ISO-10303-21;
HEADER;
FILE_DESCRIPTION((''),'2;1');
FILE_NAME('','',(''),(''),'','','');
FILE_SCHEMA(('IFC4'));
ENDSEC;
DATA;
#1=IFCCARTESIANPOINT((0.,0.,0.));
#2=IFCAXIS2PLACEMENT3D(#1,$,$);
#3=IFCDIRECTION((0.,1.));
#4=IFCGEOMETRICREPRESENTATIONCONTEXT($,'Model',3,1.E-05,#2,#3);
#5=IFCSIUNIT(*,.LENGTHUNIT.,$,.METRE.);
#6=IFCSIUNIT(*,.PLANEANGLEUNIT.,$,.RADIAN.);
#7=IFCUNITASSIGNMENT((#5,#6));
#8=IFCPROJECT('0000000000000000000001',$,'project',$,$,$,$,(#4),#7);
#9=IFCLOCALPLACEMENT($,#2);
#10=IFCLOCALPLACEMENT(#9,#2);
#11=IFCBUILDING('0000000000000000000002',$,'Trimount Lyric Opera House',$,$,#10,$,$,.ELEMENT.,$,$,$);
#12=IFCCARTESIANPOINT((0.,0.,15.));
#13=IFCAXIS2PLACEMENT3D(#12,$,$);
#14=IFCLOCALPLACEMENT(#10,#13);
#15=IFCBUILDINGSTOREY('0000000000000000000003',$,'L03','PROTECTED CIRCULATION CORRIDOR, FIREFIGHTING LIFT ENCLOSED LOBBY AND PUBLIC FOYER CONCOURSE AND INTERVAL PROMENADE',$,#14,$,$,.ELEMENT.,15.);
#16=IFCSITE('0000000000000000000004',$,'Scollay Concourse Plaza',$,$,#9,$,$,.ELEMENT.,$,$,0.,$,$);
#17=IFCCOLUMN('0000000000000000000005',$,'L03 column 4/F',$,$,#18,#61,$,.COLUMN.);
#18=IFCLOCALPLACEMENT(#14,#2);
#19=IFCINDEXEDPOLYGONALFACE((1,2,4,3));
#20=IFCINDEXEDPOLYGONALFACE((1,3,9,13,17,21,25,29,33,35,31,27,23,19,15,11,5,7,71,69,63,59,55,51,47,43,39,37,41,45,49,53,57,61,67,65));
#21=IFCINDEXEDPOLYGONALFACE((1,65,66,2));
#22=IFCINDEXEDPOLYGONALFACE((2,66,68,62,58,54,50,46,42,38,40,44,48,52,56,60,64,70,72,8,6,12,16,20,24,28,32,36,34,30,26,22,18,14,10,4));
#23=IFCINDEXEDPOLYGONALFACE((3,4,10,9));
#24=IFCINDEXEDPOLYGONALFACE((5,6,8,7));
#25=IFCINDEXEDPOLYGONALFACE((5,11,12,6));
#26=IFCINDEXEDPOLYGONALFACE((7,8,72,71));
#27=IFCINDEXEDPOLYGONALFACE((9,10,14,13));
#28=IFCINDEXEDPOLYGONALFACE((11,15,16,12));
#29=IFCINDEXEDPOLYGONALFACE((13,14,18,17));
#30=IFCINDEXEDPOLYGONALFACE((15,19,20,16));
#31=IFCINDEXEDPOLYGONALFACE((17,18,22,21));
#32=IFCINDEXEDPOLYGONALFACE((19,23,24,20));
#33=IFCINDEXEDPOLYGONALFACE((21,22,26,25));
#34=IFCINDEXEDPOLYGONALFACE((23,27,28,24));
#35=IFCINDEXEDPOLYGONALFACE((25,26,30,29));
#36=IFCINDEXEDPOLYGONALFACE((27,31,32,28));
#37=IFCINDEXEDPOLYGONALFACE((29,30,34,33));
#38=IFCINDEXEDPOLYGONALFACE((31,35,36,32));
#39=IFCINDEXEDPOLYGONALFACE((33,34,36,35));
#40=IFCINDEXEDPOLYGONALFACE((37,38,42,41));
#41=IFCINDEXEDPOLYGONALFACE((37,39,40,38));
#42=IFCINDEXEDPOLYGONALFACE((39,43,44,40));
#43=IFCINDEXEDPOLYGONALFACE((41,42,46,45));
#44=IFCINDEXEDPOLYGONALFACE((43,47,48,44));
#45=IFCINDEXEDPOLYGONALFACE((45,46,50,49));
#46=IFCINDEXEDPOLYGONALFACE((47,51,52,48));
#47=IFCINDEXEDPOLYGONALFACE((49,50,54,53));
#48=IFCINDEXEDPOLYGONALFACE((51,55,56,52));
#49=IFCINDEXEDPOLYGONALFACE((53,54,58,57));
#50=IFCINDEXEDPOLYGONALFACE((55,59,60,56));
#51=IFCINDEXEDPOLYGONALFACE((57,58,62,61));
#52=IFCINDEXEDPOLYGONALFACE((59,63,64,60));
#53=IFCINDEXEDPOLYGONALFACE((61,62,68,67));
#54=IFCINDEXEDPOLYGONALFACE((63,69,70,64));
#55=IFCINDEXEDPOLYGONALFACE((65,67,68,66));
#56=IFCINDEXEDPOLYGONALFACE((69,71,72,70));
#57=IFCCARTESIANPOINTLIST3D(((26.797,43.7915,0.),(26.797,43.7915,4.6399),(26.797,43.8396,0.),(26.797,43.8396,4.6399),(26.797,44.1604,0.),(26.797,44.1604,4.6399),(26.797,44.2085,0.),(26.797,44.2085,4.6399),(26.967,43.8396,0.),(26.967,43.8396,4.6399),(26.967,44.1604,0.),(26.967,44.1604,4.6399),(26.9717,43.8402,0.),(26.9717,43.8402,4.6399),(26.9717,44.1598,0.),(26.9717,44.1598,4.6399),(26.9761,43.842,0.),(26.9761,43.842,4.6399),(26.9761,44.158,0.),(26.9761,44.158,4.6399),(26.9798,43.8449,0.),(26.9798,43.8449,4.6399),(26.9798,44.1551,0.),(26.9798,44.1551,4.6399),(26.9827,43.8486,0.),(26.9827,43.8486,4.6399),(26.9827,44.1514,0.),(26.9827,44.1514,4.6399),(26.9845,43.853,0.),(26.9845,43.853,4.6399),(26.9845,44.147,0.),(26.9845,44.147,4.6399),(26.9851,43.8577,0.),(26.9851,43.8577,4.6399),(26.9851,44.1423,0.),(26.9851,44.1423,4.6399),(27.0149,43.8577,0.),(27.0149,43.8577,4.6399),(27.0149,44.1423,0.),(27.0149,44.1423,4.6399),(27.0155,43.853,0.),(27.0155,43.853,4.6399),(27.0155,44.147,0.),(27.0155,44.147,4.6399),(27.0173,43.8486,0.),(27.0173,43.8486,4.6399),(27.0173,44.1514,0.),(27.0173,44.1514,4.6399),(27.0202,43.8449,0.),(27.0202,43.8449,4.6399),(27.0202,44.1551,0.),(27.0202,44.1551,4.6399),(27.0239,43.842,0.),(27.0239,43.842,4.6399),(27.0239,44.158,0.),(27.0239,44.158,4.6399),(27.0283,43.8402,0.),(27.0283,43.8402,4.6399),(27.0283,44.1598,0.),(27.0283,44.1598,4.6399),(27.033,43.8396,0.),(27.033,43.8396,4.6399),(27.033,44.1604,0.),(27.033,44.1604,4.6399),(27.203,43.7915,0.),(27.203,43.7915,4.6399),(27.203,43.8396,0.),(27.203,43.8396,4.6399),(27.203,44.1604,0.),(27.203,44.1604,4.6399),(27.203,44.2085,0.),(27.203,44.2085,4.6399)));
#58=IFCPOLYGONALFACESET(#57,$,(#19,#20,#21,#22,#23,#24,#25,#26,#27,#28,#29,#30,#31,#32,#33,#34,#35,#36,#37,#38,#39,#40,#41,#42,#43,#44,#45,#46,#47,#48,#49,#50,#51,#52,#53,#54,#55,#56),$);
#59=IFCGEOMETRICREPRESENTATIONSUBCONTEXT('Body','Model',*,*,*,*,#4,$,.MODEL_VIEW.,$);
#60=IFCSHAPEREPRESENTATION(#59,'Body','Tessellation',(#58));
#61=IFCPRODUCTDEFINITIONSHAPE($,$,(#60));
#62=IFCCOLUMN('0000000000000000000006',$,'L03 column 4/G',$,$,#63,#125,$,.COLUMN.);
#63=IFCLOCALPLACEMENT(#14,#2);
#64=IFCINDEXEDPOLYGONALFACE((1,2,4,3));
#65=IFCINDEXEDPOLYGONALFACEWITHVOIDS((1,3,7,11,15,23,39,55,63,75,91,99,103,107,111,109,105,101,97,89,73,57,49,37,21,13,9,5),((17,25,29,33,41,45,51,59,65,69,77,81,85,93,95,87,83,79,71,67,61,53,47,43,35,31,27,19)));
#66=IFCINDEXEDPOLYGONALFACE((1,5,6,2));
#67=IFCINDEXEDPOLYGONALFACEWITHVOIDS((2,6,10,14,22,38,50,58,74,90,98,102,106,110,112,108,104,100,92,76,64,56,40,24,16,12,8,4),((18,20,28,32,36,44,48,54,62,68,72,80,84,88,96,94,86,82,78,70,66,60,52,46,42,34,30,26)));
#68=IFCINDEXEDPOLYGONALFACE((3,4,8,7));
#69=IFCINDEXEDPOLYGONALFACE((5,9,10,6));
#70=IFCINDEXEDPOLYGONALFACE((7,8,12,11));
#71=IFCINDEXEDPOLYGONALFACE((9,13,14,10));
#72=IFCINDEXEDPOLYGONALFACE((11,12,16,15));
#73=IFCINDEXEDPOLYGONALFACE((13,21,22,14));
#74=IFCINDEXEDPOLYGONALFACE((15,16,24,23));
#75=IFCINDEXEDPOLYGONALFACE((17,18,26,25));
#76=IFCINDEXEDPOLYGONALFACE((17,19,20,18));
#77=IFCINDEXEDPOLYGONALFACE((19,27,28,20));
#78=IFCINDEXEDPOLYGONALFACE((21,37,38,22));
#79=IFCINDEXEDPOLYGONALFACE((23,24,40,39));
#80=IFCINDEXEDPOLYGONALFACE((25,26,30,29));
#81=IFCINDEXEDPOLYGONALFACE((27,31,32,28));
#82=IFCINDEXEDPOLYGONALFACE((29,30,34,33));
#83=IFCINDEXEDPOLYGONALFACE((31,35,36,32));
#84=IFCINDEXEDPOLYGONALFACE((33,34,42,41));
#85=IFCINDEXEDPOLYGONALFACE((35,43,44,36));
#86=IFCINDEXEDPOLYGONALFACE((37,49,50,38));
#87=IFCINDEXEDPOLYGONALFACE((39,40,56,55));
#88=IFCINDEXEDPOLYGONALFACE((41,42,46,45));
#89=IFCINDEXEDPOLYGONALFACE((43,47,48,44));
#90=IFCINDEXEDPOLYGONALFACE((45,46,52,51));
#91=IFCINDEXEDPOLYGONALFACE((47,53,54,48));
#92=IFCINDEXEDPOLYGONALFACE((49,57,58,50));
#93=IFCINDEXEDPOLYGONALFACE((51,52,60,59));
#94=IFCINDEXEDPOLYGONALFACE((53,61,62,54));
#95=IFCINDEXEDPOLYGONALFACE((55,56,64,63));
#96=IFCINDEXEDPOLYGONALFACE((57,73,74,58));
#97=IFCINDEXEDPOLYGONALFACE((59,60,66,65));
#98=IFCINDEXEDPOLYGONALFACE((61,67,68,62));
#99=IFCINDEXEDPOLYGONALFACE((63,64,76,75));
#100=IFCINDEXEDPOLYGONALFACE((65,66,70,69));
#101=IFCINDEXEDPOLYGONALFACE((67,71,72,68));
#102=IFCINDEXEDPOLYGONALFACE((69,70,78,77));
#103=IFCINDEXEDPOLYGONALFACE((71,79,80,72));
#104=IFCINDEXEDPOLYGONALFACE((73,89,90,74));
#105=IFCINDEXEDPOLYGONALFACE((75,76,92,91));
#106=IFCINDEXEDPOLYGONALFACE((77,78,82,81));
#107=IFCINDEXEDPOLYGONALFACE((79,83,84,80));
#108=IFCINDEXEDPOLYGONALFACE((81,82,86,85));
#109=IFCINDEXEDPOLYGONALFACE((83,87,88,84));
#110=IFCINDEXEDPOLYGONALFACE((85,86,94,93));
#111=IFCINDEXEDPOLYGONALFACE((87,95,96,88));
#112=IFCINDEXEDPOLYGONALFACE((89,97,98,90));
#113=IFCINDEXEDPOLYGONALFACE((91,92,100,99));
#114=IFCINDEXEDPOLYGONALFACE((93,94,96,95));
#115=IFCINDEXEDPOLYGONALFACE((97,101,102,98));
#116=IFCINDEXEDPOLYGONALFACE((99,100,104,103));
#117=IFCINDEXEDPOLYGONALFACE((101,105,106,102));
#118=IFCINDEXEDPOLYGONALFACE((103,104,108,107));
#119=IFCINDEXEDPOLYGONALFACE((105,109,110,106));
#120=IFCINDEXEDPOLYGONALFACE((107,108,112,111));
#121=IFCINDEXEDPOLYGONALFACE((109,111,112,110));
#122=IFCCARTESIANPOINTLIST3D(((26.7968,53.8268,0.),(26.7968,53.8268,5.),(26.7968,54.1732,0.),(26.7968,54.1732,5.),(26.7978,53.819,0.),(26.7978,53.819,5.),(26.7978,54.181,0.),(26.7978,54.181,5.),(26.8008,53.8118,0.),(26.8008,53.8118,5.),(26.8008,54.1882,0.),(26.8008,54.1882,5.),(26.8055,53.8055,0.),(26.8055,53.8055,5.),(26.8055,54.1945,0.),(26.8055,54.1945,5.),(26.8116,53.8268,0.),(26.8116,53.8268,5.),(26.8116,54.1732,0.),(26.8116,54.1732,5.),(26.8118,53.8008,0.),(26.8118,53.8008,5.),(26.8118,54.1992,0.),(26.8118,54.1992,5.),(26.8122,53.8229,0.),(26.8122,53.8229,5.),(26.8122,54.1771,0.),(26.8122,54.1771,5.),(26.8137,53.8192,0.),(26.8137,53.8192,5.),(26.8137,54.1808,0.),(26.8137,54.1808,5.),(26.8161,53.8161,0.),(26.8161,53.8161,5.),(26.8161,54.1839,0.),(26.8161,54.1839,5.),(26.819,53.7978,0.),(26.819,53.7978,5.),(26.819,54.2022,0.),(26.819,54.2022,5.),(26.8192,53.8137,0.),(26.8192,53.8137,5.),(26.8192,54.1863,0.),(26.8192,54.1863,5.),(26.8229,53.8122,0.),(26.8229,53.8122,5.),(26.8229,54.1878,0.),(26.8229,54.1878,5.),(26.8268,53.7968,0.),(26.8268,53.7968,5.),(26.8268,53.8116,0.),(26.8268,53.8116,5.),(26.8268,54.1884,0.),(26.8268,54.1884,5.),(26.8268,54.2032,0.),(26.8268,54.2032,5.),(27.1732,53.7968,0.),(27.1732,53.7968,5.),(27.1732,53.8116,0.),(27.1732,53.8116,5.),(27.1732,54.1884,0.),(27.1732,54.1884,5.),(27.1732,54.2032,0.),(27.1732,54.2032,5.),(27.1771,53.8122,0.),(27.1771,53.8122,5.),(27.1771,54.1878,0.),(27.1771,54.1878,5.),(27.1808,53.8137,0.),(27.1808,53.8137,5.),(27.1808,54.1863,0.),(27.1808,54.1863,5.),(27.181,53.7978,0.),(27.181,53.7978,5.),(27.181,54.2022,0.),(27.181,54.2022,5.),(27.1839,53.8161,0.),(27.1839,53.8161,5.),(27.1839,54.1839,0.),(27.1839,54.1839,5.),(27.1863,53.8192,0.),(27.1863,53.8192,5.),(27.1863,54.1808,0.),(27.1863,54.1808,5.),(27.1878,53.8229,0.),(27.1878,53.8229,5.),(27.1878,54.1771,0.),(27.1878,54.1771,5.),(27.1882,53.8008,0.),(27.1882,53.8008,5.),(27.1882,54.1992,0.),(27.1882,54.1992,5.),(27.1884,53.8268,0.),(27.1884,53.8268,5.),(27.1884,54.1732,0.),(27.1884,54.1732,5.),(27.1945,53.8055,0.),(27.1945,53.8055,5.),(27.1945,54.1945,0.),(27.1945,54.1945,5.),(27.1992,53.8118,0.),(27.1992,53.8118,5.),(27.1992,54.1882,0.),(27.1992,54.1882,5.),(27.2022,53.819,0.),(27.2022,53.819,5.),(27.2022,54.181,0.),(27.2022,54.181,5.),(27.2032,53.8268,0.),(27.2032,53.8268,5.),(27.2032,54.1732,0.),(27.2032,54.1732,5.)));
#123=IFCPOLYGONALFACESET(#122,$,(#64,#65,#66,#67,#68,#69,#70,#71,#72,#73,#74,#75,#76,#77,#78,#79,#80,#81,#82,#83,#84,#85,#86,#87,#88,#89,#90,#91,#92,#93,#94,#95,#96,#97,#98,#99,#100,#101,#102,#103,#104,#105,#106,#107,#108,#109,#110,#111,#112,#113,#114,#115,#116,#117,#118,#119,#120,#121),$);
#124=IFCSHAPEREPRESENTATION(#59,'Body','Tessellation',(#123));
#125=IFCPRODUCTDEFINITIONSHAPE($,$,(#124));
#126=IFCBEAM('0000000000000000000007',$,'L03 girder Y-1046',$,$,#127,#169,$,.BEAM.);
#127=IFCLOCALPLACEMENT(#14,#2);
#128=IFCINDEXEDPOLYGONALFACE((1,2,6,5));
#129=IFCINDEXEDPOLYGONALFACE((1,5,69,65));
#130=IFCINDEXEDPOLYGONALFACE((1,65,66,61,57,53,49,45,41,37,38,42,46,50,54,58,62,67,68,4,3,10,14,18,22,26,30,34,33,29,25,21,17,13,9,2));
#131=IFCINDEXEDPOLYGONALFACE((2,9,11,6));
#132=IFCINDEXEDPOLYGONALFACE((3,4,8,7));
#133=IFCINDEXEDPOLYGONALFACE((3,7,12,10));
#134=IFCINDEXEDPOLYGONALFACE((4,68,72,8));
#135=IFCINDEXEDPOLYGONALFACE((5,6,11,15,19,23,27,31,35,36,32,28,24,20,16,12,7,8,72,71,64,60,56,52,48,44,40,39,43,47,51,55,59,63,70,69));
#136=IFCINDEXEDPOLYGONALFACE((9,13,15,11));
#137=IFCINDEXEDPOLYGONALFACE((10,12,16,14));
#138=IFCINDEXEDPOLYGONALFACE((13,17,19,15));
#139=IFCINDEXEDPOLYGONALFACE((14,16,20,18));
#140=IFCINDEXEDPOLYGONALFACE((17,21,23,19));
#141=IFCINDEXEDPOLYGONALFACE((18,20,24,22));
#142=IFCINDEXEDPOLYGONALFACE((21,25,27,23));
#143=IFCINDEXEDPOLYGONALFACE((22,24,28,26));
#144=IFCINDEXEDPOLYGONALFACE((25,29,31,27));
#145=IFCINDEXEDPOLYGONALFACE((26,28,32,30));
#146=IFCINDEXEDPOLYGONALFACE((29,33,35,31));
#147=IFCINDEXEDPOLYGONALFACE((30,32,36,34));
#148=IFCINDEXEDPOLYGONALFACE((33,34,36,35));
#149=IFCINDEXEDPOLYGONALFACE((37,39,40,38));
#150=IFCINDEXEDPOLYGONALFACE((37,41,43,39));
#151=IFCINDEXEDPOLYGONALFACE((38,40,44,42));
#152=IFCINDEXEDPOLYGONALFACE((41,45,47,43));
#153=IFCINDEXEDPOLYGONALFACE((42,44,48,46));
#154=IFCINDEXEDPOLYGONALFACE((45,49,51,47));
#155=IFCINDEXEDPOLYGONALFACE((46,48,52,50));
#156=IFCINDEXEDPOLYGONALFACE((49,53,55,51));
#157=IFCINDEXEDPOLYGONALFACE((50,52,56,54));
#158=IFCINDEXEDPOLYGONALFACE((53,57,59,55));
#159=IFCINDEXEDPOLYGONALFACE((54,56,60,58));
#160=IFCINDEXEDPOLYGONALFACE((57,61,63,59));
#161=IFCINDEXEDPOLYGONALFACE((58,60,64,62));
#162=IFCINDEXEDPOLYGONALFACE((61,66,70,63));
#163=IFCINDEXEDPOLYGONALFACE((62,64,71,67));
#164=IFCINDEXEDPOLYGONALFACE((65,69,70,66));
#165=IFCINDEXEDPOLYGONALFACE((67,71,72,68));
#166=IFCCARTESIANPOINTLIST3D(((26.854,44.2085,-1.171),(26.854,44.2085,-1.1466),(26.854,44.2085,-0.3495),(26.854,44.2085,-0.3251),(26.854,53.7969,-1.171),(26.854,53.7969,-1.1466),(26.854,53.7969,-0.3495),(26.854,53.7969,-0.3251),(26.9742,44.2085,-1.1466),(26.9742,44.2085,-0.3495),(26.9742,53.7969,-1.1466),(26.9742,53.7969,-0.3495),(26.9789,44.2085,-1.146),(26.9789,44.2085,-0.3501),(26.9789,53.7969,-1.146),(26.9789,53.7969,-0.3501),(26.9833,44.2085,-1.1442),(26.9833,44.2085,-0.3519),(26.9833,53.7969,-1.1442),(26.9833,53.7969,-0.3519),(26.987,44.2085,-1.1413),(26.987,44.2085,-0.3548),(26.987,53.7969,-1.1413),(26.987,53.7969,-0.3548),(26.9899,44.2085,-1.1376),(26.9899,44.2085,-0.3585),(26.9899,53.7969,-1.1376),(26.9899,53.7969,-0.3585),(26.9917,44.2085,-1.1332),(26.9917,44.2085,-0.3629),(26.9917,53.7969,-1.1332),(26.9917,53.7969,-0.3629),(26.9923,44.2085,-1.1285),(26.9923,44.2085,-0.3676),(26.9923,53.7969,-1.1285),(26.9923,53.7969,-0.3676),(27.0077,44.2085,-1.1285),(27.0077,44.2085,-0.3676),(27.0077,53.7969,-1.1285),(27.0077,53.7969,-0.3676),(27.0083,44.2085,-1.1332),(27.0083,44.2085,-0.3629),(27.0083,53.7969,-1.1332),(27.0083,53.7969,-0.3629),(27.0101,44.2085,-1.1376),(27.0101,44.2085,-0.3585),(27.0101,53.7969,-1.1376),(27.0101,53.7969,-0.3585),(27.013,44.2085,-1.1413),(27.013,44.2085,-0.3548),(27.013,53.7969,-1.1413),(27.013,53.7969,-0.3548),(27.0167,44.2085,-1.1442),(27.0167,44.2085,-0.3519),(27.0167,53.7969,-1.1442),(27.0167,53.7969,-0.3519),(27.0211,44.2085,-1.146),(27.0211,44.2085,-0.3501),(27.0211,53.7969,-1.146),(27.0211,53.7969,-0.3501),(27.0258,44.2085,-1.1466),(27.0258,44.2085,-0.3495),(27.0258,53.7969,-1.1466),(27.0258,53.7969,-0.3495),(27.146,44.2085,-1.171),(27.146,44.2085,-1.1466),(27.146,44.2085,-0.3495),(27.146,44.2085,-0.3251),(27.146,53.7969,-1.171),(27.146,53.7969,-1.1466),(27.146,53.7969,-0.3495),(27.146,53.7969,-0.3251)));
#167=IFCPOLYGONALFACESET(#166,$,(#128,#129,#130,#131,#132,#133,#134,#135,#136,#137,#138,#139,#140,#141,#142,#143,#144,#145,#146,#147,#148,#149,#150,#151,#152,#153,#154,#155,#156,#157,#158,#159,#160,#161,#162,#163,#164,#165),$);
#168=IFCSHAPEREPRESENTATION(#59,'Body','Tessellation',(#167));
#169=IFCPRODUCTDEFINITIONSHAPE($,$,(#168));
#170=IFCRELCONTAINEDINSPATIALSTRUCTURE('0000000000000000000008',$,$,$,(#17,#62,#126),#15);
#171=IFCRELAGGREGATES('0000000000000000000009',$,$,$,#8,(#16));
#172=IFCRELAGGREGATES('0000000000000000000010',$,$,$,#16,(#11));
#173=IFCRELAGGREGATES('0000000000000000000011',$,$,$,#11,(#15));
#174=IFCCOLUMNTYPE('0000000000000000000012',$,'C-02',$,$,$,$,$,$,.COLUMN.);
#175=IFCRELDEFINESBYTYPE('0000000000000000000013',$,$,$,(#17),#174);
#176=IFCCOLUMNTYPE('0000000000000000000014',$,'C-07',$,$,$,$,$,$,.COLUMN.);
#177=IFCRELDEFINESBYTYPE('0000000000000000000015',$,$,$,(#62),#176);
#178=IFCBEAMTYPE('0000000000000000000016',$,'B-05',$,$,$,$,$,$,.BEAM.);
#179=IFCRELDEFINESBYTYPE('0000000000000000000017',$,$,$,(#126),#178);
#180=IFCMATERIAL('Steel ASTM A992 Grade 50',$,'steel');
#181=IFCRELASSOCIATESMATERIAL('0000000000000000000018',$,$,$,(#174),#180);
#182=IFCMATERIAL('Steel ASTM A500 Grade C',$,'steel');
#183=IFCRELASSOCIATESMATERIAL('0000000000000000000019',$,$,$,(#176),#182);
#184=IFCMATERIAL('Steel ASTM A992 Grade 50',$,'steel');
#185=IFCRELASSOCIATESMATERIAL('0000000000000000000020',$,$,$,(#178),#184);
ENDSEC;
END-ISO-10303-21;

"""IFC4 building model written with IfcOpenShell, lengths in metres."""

from ifc_helpers import new_model, si_unit, direction, frame, origin, origin_2d, place, context, subcontext, project, spatial, hollow_rectangle, i_section, extrude, material, material_profile, profile_set, type_object, element, save


model = new_model("IFC4")

# Units and contexts
model_context = context("Model", 3, precision=1e-05, world=origin(), true_north=direction((0.0, 1.0)))
body_context = subcontext(model_context, "Body", "Model", "MODEL_VIEW")
ifc_project = project(units=[si_unit("LENGTHUNIT", "METRE"), si_unit("PLANEANGLEUNIT", "RADIAN")], contexts=[model_context])

# Site, building, storey
site_placement = place(None, origin())
site = spatial("IfcSite", under=ifc_project, at=site_placement, Name="Scollay Concourse Plaza", CompositionType="ELEMENT", RefElevation=0.0)
building_placement = place(site_placement, origin())
building = spatial("IfcBuilding", under=site, at=building_placement, Name="Trimount Lyric Opera House", CompositionType="ELEMENT")
storey_placement = place(building_placement, frame((0.0, 0.0, 15.0)))
storey = spatial("IfcBuildingStorey", under=building, at=storey_placement, Name="L03", Description="PROTECTED CIRCULATION CORRIDOR, FIREFIGHTING LIFT ENCLOSED LOBBY AND PUBLIC FOYER CONCOURSE AND INTERVAL PROMENADE", CompositionType="ELEMENT", Elevation=15.0)

# Columns
ifc_material_1 = material(Name="Steel ASTM A992 Grade 50", Category="steel")
ifc_material_profile_1 = material_profile(ifc_material_1, i_section(OverallWidth=0.406, OverallDepth=0.417, WebThickness=0.0298, FlangeThickness=0.0481, FilletRadius=0.0181, at=origin_2d()), Name="W14X257")
ifc_profile_set_1 = profile_set([ifc_material_profile_1], Name="Steel ASTM A992 Grade 50")
column_type_1 = type_object("IfcColumnType", Name="C-02", PredefinedType="COLUMN", material=ifc_profile_set_1)
column_1_placement = place(storey_placement, frame((27.0, 44.0, 0.0), z_axis=(0.0, 0.0, 1.0), x_axis=(1.0, 0.0, 0.0)))
element("IfcColumn", 1, at=column_1_placement, inside=storey, type_object=column_type_1, Name="L03 column 4/F", PredefinedType="COLUMN", context=body_context, shape_type="SweptSolid", body=[
    extrude(i_section(OverallWidth=0.406, OverallDepth=0.417, WebThickness=0.0298, FlangeThickness=0.0481, FilletRadius=0.0181, at=origin_2d()), origin(), (0.0, 0.0, 1.0), 4.6399),
])
ifc_material_2 = material(Name="Steel ASTM A500 Grade C", Category="steel")
ifc_material_profile_2 = material_profile(ifc_material_2, hollow_rectangle(XDim=0.4065, YDim=0.4065, WallThickness=0.0149, InnerFilletRadius=0.0151, OuterFilletRadius=0.03, at=origin_2d()), Name="HSS406.4X406.4X15.9")
ifc_profile_set_2 = profile_set([ifc_material_profile_2], Name="Steel ASTM A500 Grade C")
column_type_2 = type_object("IfcColumnType", Name="C-07", PredefinedType="COLUMN", material=ifc_profile_set_2)
column_2_placement = place(storey_placement, frame((27.0, 54.0, 0.0), z_axis=(0.0, 0.0, 1.0), x_axis=(1.0, 0.0, 0.0)))
element("IfcColumn", 2, at=column_2_placement, inside=storey, type_object=column_type_2, Name="L03 column 4/G", PredefinedType="COLUMN", context=body_context, shape_type="SweptSolid", body=[
    extrude(hollow_rectangle(XDim=0.4065, YDim=0.4065, WallThickness=0.0149, InnerFilletRadius=0.0151, OuterFilletRadius=0.03, at=origin_2d()), origin(), (0.0, 0.0, 1.0), 5.0),
])

# Beam
ifc_material_3 = material(Name="Steel ASTM A992 Grade 50", Category="steel")
ifc_material_profile_3 = material_profile(ifc_material_3, i_section(OverallWidth=0.292, OverallDepth=0.8459, WebThickness=0.0154, FlangeThickness=0.0244, FilletRadius=0.0181, at=origin_2d()), Name="W33X141")
ifc_profile_set_3 = profile_set([ifc_material_profile_3], Name="Steel ASTM A992 Grade 50")
beam_type_1 = type_object("IfcBeamType", Name="B-05", PredefinedType="BEAM", material=ifc_profile_set_3)
beam_1_placement = place(storey_placement, frame((27.0, 44.2085, -0.748), z_axis=(0.0, 1.0, 0.0), x_axis=(-1.0, 0.0, 0.0)))
element("IfcBeam", 3, at=beam_1_placement, inside=storey, type_object=beam_type_1, Name="L03 girder Y-1046", PredefinedType="BEAM", context=body_context, shape_type="SweptSolid", body=[
    extrude(i_section(OverallWidth=0.292, OverallDepth=0.8459, WebThickness=0.0154, FlangeThickness=0.0244, FilletRadius=0.0181, at=origin_2d()), origin(), (0.0, 0.0, 1.0), 9.5884),
])

save(model, "model.ifc")
